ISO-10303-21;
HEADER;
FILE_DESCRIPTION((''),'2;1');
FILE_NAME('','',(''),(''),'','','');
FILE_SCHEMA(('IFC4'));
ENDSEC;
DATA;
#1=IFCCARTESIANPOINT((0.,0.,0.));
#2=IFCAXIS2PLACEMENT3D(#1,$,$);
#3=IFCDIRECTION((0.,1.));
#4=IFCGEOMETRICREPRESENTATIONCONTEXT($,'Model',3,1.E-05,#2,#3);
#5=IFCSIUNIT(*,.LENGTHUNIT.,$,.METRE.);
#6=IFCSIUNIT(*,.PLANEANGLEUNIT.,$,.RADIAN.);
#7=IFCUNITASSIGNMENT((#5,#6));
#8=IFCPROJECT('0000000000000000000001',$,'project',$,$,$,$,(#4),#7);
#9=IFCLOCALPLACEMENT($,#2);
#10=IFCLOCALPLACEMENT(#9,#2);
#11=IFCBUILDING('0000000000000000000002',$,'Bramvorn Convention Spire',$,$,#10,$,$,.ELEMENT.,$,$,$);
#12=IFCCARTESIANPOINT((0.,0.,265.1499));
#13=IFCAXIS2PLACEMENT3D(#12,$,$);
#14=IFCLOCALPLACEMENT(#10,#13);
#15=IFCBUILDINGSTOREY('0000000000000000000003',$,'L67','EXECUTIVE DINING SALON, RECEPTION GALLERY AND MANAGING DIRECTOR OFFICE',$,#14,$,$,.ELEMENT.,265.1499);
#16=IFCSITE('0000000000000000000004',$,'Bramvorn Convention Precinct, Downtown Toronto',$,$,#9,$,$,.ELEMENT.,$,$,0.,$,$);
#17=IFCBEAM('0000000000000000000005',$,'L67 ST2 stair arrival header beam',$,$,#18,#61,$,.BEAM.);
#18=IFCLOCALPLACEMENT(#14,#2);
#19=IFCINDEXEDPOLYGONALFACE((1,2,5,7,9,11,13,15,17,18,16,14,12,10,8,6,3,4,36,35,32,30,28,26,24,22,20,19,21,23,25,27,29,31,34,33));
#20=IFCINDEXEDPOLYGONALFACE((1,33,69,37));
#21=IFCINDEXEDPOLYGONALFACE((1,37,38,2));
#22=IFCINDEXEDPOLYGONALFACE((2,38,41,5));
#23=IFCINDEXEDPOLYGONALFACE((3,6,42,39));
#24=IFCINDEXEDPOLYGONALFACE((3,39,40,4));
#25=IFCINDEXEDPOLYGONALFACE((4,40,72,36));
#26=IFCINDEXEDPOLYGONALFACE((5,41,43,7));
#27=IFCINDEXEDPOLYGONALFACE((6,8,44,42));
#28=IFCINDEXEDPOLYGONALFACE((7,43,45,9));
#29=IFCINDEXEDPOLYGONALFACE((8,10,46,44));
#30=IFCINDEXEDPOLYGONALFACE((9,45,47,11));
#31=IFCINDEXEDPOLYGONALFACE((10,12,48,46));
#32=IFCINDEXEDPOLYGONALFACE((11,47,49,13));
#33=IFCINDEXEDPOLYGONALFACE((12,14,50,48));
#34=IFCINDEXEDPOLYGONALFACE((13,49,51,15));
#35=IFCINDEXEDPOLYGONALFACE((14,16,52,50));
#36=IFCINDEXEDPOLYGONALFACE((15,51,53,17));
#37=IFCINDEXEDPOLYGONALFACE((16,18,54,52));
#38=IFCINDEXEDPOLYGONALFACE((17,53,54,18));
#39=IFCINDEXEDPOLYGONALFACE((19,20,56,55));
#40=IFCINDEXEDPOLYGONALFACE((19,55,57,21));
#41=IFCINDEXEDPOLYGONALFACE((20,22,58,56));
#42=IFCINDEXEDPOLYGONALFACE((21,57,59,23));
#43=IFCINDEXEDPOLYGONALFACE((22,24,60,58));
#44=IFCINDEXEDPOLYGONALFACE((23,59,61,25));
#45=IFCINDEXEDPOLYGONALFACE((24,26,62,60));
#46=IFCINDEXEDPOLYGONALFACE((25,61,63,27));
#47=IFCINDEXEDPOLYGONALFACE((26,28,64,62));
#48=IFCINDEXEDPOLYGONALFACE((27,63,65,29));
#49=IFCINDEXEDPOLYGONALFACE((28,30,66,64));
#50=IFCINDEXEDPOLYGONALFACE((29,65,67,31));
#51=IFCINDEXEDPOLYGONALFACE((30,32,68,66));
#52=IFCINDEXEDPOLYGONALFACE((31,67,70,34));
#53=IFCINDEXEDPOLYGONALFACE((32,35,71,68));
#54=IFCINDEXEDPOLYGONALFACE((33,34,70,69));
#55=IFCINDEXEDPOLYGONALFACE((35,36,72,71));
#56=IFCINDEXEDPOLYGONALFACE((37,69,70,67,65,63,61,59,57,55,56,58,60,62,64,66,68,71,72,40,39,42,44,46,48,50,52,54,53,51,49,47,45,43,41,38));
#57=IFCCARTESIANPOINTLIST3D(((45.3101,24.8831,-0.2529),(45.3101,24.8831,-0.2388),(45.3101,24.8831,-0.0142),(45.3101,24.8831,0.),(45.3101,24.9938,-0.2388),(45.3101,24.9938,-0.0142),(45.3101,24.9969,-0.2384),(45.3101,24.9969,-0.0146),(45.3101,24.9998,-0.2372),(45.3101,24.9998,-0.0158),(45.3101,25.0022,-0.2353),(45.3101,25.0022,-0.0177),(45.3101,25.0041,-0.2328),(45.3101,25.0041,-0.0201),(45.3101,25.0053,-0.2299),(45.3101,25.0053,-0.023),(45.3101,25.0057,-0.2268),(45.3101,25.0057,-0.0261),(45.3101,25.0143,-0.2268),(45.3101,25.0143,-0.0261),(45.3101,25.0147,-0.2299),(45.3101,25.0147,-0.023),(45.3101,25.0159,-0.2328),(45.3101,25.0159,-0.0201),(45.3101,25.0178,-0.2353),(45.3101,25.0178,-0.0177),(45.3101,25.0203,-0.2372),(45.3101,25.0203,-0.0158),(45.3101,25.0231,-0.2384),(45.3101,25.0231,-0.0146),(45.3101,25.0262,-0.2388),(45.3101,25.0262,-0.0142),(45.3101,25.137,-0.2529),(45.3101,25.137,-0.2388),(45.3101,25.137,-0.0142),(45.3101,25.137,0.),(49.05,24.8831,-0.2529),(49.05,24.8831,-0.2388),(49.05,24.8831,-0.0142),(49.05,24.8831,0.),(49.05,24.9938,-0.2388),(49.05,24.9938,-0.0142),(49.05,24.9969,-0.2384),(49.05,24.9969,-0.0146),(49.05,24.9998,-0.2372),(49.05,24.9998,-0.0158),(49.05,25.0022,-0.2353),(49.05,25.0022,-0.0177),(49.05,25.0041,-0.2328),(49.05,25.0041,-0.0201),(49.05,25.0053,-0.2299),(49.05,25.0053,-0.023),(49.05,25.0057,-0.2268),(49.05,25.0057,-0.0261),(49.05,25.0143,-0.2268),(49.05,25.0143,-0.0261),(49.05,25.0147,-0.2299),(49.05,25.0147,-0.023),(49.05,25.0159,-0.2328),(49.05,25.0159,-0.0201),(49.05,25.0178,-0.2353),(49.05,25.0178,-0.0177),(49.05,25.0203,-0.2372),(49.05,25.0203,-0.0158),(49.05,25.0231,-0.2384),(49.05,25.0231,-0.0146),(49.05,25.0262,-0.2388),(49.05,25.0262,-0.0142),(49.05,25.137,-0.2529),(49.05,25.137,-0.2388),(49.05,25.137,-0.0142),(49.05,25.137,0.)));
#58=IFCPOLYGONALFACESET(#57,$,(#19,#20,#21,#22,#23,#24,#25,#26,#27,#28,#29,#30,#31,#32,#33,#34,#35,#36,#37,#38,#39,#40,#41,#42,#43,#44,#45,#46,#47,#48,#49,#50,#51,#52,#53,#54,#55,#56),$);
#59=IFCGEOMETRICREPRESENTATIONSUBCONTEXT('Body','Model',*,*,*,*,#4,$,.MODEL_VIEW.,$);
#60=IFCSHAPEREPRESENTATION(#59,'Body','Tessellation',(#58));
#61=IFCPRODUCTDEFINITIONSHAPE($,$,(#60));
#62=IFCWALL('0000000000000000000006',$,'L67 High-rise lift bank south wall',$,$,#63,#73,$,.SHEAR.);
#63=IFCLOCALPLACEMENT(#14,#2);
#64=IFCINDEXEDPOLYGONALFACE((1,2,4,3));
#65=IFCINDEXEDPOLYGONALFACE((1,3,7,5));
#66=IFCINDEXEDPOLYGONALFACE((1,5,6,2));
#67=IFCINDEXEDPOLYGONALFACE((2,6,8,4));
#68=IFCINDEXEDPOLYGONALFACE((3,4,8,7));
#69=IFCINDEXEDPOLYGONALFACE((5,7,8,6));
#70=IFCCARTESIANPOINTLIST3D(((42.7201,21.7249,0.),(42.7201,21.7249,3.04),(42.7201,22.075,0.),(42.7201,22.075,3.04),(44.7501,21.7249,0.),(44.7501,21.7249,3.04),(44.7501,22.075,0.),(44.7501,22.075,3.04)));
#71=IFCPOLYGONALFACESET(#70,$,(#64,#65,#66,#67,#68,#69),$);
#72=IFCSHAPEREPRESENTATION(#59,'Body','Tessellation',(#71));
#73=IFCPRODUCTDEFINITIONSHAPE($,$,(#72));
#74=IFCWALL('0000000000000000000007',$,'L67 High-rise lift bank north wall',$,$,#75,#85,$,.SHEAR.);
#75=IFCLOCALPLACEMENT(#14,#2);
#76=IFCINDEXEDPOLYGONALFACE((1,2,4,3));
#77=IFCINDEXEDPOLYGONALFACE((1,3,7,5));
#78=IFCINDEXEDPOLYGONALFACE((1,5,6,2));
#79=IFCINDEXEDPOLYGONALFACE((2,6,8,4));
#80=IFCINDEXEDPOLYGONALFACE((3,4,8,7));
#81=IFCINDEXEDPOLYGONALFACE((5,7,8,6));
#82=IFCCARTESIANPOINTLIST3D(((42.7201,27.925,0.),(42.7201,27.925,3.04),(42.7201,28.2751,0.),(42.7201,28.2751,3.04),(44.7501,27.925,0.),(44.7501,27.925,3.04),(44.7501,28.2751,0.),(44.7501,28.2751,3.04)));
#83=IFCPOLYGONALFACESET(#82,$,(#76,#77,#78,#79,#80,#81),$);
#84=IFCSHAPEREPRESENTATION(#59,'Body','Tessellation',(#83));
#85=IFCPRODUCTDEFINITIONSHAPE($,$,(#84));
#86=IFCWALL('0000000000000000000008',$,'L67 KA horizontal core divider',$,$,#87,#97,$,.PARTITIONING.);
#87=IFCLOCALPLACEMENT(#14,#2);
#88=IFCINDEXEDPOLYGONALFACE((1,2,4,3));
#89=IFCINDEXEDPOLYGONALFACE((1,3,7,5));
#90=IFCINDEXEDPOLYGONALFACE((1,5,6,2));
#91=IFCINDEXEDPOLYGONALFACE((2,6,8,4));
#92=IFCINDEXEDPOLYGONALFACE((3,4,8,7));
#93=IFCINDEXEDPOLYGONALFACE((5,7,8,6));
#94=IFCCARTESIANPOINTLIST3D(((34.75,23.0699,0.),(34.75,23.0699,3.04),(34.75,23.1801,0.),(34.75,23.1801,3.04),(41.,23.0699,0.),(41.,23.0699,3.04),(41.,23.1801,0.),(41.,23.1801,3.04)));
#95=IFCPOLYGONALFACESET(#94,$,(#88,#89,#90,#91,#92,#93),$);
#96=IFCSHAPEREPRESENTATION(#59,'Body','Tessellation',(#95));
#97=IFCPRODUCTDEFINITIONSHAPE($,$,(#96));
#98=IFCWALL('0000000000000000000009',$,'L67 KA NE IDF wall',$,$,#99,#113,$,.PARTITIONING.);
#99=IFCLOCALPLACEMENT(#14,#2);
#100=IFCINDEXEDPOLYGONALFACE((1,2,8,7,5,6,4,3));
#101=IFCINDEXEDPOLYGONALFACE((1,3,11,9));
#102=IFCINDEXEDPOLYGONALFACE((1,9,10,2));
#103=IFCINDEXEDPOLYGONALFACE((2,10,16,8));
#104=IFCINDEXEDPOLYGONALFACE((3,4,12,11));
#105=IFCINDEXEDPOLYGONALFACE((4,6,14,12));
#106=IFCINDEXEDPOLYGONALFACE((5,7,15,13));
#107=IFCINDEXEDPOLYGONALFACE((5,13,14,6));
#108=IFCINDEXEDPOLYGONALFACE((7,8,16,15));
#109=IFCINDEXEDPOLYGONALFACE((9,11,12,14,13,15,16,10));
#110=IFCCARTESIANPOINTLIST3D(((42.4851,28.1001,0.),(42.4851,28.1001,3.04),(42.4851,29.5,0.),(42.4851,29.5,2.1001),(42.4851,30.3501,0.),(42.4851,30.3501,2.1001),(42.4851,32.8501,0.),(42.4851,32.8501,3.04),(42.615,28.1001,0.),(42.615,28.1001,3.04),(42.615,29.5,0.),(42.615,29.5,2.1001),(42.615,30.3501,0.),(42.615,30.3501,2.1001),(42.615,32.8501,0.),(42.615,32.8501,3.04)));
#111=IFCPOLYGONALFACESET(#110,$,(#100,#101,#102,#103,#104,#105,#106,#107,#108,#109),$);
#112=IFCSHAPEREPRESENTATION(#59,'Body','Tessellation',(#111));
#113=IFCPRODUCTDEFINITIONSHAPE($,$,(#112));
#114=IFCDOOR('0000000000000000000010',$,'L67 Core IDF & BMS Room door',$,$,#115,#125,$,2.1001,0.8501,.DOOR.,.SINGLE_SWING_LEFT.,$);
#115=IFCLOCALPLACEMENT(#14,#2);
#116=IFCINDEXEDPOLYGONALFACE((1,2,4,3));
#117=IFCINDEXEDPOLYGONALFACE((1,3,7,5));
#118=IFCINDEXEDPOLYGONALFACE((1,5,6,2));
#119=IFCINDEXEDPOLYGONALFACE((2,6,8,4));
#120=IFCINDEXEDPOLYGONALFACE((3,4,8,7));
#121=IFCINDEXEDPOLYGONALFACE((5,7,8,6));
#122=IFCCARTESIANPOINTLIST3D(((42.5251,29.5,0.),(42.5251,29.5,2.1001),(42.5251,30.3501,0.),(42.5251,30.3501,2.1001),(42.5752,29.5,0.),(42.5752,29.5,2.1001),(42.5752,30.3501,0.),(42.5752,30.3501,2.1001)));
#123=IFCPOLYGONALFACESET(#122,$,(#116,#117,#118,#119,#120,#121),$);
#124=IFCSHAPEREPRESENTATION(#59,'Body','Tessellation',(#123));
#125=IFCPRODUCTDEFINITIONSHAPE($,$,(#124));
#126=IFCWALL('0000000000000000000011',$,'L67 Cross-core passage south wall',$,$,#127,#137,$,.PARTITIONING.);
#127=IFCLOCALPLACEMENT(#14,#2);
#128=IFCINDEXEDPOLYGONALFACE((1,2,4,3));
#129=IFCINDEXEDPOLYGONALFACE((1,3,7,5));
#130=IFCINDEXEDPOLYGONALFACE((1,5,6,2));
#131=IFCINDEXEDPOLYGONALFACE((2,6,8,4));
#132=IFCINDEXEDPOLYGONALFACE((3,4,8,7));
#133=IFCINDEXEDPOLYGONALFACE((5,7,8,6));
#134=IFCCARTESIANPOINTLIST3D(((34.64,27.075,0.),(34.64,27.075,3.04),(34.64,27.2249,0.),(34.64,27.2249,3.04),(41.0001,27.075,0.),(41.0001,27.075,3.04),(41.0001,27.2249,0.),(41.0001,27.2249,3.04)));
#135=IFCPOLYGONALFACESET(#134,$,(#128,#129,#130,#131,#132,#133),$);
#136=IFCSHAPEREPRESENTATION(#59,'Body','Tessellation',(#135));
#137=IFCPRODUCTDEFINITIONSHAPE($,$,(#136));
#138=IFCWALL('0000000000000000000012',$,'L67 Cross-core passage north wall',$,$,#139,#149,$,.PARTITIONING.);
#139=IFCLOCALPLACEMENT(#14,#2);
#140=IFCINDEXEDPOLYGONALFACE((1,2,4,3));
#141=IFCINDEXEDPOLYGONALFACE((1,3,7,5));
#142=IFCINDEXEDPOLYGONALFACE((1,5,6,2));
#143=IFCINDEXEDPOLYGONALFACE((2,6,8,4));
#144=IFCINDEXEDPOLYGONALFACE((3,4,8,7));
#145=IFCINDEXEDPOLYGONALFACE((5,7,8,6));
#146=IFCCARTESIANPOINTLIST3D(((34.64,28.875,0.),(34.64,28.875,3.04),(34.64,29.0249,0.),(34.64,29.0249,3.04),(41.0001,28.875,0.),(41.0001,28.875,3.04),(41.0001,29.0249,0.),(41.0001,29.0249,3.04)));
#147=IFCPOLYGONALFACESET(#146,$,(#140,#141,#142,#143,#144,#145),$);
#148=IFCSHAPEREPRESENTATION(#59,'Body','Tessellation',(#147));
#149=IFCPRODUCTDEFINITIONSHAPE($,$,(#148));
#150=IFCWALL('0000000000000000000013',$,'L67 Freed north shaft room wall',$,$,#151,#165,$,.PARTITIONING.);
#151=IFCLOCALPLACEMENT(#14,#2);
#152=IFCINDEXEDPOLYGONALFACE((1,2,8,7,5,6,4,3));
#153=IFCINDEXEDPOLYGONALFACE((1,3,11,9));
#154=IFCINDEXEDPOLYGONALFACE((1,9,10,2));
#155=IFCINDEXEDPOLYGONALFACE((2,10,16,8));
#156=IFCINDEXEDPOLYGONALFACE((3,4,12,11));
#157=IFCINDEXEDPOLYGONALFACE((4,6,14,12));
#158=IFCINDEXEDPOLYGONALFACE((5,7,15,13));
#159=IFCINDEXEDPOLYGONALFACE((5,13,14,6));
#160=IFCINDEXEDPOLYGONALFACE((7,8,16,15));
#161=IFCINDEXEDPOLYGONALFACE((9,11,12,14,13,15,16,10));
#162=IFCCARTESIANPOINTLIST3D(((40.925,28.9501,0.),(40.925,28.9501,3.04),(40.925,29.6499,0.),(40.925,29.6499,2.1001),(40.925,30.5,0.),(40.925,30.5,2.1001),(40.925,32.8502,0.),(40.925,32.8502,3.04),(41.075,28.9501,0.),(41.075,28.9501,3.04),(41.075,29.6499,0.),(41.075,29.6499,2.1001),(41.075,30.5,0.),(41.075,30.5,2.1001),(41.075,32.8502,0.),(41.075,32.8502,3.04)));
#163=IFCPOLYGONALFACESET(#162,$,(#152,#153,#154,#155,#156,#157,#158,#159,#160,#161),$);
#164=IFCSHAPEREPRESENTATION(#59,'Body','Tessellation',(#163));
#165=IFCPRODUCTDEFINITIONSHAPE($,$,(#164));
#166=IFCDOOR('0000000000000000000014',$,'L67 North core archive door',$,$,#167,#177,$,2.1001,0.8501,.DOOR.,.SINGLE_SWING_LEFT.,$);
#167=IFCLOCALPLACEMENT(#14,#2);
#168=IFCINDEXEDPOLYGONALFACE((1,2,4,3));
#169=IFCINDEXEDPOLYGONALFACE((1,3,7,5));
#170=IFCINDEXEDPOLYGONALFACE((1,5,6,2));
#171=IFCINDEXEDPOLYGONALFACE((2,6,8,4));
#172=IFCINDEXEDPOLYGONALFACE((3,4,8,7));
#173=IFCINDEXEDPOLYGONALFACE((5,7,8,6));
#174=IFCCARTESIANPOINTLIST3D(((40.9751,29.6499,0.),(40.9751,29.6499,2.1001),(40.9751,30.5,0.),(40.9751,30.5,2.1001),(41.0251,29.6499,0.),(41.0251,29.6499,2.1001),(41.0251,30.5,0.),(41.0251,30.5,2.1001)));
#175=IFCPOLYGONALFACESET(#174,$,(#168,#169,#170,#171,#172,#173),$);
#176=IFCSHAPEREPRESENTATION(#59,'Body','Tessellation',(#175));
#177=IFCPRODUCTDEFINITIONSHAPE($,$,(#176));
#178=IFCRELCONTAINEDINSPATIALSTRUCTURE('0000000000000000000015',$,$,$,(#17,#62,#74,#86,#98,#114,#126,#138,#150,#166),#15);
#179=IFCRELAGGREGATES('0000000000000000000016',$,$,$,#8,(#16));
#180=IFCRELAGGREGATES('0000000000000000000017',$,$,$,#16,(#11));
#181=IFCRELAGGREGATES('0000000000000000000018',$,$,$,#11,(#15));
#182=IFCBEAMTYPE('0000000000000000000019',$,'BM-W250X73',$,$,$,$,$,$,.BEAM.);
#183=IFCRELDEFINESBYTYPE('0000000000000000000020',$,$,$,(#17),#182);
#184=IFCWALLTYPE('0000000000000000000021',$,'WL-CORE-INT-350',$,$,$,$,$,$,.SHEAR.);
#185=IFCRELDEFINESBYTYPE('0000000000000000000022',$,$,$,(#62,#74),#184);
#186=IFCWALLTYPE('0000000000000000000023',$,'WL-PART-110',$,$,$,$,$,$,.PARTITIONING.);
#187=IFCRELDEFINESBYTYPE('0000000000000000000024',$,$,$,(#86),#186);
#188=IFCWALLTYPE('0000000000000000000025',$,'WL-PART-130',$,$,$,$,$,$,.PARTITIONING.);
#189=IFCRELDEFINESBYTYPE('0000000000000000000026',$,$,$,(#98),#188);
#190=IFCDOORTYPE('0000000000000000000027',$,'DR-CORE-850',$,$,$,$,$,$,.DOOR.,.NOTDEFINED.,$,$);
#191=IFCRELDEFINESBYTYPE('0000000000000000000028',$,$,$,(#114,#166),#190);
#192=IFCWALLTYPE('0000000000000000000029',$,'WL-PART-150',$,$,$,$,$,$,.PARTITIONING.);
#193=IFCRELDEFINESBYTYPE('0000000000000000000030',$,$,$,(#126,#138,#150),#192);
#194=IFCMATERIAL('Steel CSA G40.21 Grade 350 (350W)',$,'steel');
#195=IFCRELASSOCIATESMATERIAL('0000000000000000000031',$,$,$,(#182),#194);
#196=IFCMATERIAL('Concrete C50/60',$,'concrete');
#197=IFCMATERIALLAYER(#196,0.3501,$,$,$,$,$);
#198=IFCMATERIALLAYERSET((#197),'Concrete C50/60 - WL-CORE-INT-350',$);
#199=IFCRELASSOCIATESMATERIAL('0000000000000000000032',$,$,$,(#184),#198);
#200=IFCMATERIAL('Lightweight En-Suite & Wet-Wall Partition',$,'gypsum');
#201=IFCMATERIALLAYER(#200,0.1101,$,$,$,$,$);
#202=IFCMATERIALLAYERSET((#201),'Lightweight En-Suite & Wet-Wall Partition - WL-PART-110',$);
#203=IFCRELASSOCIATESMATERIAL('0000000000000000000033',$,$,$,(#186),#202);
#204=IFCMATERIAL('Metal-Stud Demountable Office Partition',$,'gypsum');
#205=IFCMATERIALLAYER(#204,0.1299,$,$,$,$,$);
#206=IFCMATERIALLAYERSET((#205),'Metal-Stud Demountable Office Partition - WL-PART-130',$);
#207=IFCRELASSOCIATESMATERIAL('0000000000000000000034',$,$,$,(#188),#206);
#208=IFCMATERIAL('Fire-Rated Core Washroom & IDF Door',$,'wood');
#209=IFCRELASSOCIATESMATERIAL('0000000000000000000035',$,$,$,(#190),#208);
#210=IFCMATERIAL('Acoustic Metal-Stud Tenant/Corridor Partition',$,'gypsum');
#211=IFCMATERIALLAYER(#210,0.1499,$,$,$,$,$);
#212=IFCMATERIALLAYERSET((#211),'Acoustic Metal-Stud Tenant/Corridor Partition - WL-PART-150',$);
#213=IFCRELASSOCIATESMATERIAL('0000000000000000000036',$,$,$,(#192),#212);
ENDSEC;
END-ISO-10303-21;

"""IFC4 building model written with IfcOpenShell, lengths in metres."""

from ifc_helpers import new_model, si_unit, direction, frame, frame_2d, origin, origin_2d, place, context, subcontext, project, spatial, rectangle, i_section, extrude, material, layer, layer_set, material_profile, profile_set, type_object, element, fill, save


model = new_model("IFC4")

# Units and contexts
model_context = context("Model", 3, precision=1e-05, world=origin(), true_north=direction((0.0, 1.0)))
body_context = subcontext(model_context, "Body", "Model", "MODEL_VIEW")
ifc_project = project(units=[si_unit("LENGTHUNIT", "METRE"), si_unit("PLANEANGLEUNIT", "RADIAN")], contexts=[model_context])

# Site, building, storey
site_placement = place(None, origin())
site = spatial("IfcSite", under=ifc_project, at=site_placement, Name="Bramvorn Convention Precinct, Downtown Toronto", CompositionType="ELEMENT", RefElevation=0.0)
building_placement = place(site_placement, origin())
building = spatial("IfcBuilding", under=site, at=building_placement, Name="Bramvorn Convention Spire", CompositionType="ELEMENT")
storey_placement = place(building_placement, frame((0.0, 0.0, 265.1499)))
storey = spatial("IfcBuildingStorey", under=building, at=storey_placement, Name="L67", Description="EXECUTIVE DINING SALON, RECEPTION GALLERY AND MANAGING DIRECTOR OFFICE", CompositionType="ELEMENT", Elevation=265.1499)

# Beam
ifc_material_1 = material(Name="Steel CSA G40.21 Grade 350 (350W)", Category="steel")
ifc_material_profile = material_profile(ifc_material_1, i_section(OverallWidth=0.2539, OverallDepth=0.2529, WebThickness=0.0085, FlangeThickness=0.0142, FilletRadius=0.012, at=origin_2d()))
ifc_profile_set = profile_set([ifc_material_profile], Name="Steel CSA G40.21 Grade 350 (350W) - W250X73")
beam_type = type_object("IfcBeamType", Name="BM-W250X73", PredefinedType="BEAM", material=ifc_profile_set)
beam_placement = place(storey_placement, frame((45.3101, 25.01, -0.1265), z_axis=(1.0, 0.0, 0.0), x_axis=(0.0, 1.0, 0.0)))
element("IfcBeam", 1, at=beam_placement, inside=storey, type_object=beam_type, Name="L67 ST2 stair arrival header beam", PredefinedType="BEAM", context=body_context, shape_type="SweptSolid", body=[
    extrude(i_section(OverallWidth=0.2539, OverallDepth=0.2529, WebThickness=0.0085, FlangeThickness=0.0142, FilletRadius=0.012, at=origin_2d()), origin(), (0.0, 0.0, 1.0), 3.74),
])

# Shared definitions
ifc_material_2 = material(Name="Concrete C50/60", Category="concrete")
ifc_layer_1 = layer(ifc_material_2, 0.3501)
ifc_layer_set_1 = layer_set([ifc_layer_1], Name="Concrete C50/60 - WL-CORE-INT-350")
wall_type_1 = type_object("IfcWallType", Name="WL-CORE-INT-350", PredefinedType="SHEAR", material=ifc_layer_set_1)

# Walls
for number, where, z_axis, x_axis, name in (
    (2, (42.72, 21.8999, 0.0), (0.0, 0.0, 1.0), (1.0, 0.0, 0.0), "L67 High-rise lift bank south wall"),
    (3, (42.72, 28.1001, 0.0), (0.0, 0.0, 1.0), (1.0, 0.0, 0.0), "L67 High-rise lift bank north wall"),
):
    element("IfcWall", number, at=place(storey_placement, frame(where, z_axis=z_axis, x_axis=x_axis)), inside=storey, type_object=wall_type_1, Name=name, PredefinedType="SHEAR", context=body_context, shape_type="SweptSolid", body=[
        extrude(rectangle(XDim=2.03, YDim=0.3501, at=frame_2d((1.0151, 0.0))), origin(), (0.0, 0.0, 1.0), 3.04),
    ])
ifc_material_3 = material(Name="Lightweight En-Suite & Wet-Wall Partition", Category="gypsum")
ifc_layer_2 = layer(ifc_material_3, 0.1101)
ifc_layer_set_2 = layer_set([ifc_layer_2], Name="Lightweight En-Suite & Wet-Wall Partition - WL-PART-110")
wall_type_2 = type_object("IfcWallType", Name="WL-PART-110", PredefinedType="PARTITIONING", material=ifc_layer_set_2)
wall_1_placement = place(storey_placement, frame((34.75, 23.125, 0.0), z_axis=(0.0, 0.0, 1.0), x_axis=(1.0, 0.0, 0.0)))
element("IfcWall", 4, at=wall_1_placement, inside=storey, type_object=wall_type_2, Name="L67 KA horizontal core divider", PredefinedType="PARTITIONING", context=body_context, shape_type="SweptSolid", body=[
    extrude(rectangle(XDim=6.25, YDim=0.1101, at=frame_2d((3.125, 0.0))), origin(), (0.0, 0.0, 1.0), 3.04),
])

# Wall, opening, door
ifc_material_4 = material(Name="Metal-Stud Demountable Office Partition", Category="gypsum")
ifc_layer_3 = layer(ifc_material_4, 0.1299)
ifc_layer_set_3 = layer_set([ifc_layer_3], Name="Metal-Stud Demountable Office Partition - WL-PART-130")
wall_type_3 = type_object("IfcWallType", Name="WL-PART-130", PredefinedType="PARTITIONING", material=ifc_layer_set_3)
wall_2_placement = place(storey_placement, frame((42.55, 28.1001, 0.0), z_axis=(0.0, 0.0, 1.0), x_axis=(0.0, 1.0, 0.0)))
wall_2 = element("IfcWall", 5, at=wall_2_placement, inside=storey, type_object=wall_type_3, Name="L67 KA NE IDF wall", PredefinedType="PARTITIONING", context=body_context, shape_type="SweptSolid", body=[
    extrude(rectangle(XDim=4.75, YDim=0.1299, at=frame_2d((2.375, 0.0))), origin(), (0.0, 0.0, 1.0), 3.04),
])
opening_1_placement = place(wall_2_placement, frame((1.3999, 0.0, 0.0)))
opening_1 = element("IfcOpeningElement", 6, at=opening_1_placement, cuts=wall_2, PredefinedType="OPENING", context=body_context, shape_type="SweptSolid", body=[
    extrude(rectangle(XDim=0.8501, YDim=2.1001, at=frame_2d((0.425, 1.05))), frame((0.0, 0.075, 0.0), z_axis=(0.0, -1.0, 0.0), x_axis=(1.0, 0.0, 0.0)), (0.0, 0.0, 1.0), 0.1499),
])
ifc_material_5 = material(Name="Fire-Rated Core Washroom & IDF Door", Category="wood")
door_type_1 = type_object("IfcDoorType", Name="DR-CORE-850", OperationType="NOTDEFINED", PredefinedType="DOOR", material=ifc_material_5)
door_1_placement = place(opening_1_placement, origin())
door_1 = element("IfcDoor", 7, at=door_1_placement, inside=storey, type_object=door_type_1, Name="L67 Core IDF & BMS Room door", OperationType="SINGLE_SWING_LEFT", OverallHeight=2.1001, OverallWidth=0.8501, PredefinedType="DOOR", context=body_context, shape_type="SweptSolid", body=[
    extrude(rectangle(XDim=0.8501, YDim=2.1001, at=frame_2d((0.425, 1.05))), frame((0.0, 0.0249, 0.0), z_axis=(0.0, -1.0, 0.0), x_axis=(1.0, 0.0, 0.0)), (0.0, 0.0, 1.0), 0.05),
])
fill(opening_1, door_1)

# Walls
ifc_material_6 = material(Name="Acoustic Metal-Stud Tenant/Corridor Partition", Category="gypsum")
ifc_layer_4 = layer(ifc_material_6, 0.1499)
ifc_layer_set_4 = layer_set([ifc_layer_4], Name="Acoustic Metal-Stud Tenant/Corridor Partition - WL-PART-150")
wall_type_4 = type_object("IfcWallType", Name="WL-PART-150", PredefinedType="PARTITIONING", material=ifc_layer_set_4)
for number, where, z_axis, x_axis, name in (
    (8, (34.6399, 27.1499, 0.0), (0.0, 0.0, 1.0), (1.0, 0.0, 0.0), "L67 Cross-core passage south wall"),
    (9, (34.6399, 28.95, 0.0), (0.0, 0.0, 1.0), (1.0, 0.0, 0.0), "L67 Cross-core passage north wall"),
):
    element("IfcWall", number, at=place(storey_placement, frame(where, z_axis=z_axis, x_axis=x_axis)), inside=storey, type_object=wall_type_4, Name=name, PredefinedType="PARTITIONING", context=body_context, shape_type="SweptSolid", body=[
        extrude(rectangle(XDim=6.3601, YDim=0.1499, at=frame_2d((3.1802, 0.0))), origin(), (0.0, 0.0, 1.0), 3.04),
    ])

# Wall, opening, door
wall_3_placement = place(storey_placement, frame((41.0, 28.95, 0.0), z_axis=(0.0, 0.0, 1.0), x_axis=(0.0, 1.0, 0.0)))
wall_3 = element("IfcWall", 10, at=wall_3_placement, inside=storey, type_object=wall_type_4, Name="L67 Freed north shaft room wall", PredefinedType="PARTITIONING", context=body_context, shape_type="SweptSolid", body=[
    extrude(rectangle(XDim=3.9001, YDim=0.1499, at=frame_2d((1.9502, 0.0))), origin(), (0.0, 0.0, 1.0), 3.04),
])
opening_2_placement = place(wall_3_placement, frame((0.7, 0.0, 0.0)))
opening_2 = element("IfcOpeningElement", 11, at=opening_2_placement, cuts=wall_3, PredefinedType="OPENING", context=body_context, shape_type="SweptSolid", body=[
    extrude(rectangle(XDim=0.8501, YDim=2.1001, at=frame_2d((0.425, 1.05))), frame((0.0, 0.085, 0.0), z_axis=(0.0, -1.0, 0.0), x_axis=(1.0, 0.0, 0.0)), (0.0, 0.0, 1.0), 0.1699),
])
door_2_placement = place(opening_2_placement, origin())
door_2 = element("IfcDoor", 12, at=door_2_placement, inside=storey, type_object=door_type_1, Name="L67 North core archive door", OperationType="SINGLE_SWING_LEFT", OverallHeight=2.1001, OverallWidth=0.8501, PredefinedType="DOOR", context=body_context, shape_type="SweptSolid", body=[
    extrude(rectangle(XDim=0.8501, YDim=2.1001, at=frame_2d((0.425, 1.05))), frame((0.0, 0.0249, 0.0), z_axis=(0.0, -1.0, 0.0), x_axis=(1.0, 0.0, 0.0)), (0.0, 0.0, 1.0), 0.05),
])
fill(opening_2, door_2)

save(model, "model.ifc")
